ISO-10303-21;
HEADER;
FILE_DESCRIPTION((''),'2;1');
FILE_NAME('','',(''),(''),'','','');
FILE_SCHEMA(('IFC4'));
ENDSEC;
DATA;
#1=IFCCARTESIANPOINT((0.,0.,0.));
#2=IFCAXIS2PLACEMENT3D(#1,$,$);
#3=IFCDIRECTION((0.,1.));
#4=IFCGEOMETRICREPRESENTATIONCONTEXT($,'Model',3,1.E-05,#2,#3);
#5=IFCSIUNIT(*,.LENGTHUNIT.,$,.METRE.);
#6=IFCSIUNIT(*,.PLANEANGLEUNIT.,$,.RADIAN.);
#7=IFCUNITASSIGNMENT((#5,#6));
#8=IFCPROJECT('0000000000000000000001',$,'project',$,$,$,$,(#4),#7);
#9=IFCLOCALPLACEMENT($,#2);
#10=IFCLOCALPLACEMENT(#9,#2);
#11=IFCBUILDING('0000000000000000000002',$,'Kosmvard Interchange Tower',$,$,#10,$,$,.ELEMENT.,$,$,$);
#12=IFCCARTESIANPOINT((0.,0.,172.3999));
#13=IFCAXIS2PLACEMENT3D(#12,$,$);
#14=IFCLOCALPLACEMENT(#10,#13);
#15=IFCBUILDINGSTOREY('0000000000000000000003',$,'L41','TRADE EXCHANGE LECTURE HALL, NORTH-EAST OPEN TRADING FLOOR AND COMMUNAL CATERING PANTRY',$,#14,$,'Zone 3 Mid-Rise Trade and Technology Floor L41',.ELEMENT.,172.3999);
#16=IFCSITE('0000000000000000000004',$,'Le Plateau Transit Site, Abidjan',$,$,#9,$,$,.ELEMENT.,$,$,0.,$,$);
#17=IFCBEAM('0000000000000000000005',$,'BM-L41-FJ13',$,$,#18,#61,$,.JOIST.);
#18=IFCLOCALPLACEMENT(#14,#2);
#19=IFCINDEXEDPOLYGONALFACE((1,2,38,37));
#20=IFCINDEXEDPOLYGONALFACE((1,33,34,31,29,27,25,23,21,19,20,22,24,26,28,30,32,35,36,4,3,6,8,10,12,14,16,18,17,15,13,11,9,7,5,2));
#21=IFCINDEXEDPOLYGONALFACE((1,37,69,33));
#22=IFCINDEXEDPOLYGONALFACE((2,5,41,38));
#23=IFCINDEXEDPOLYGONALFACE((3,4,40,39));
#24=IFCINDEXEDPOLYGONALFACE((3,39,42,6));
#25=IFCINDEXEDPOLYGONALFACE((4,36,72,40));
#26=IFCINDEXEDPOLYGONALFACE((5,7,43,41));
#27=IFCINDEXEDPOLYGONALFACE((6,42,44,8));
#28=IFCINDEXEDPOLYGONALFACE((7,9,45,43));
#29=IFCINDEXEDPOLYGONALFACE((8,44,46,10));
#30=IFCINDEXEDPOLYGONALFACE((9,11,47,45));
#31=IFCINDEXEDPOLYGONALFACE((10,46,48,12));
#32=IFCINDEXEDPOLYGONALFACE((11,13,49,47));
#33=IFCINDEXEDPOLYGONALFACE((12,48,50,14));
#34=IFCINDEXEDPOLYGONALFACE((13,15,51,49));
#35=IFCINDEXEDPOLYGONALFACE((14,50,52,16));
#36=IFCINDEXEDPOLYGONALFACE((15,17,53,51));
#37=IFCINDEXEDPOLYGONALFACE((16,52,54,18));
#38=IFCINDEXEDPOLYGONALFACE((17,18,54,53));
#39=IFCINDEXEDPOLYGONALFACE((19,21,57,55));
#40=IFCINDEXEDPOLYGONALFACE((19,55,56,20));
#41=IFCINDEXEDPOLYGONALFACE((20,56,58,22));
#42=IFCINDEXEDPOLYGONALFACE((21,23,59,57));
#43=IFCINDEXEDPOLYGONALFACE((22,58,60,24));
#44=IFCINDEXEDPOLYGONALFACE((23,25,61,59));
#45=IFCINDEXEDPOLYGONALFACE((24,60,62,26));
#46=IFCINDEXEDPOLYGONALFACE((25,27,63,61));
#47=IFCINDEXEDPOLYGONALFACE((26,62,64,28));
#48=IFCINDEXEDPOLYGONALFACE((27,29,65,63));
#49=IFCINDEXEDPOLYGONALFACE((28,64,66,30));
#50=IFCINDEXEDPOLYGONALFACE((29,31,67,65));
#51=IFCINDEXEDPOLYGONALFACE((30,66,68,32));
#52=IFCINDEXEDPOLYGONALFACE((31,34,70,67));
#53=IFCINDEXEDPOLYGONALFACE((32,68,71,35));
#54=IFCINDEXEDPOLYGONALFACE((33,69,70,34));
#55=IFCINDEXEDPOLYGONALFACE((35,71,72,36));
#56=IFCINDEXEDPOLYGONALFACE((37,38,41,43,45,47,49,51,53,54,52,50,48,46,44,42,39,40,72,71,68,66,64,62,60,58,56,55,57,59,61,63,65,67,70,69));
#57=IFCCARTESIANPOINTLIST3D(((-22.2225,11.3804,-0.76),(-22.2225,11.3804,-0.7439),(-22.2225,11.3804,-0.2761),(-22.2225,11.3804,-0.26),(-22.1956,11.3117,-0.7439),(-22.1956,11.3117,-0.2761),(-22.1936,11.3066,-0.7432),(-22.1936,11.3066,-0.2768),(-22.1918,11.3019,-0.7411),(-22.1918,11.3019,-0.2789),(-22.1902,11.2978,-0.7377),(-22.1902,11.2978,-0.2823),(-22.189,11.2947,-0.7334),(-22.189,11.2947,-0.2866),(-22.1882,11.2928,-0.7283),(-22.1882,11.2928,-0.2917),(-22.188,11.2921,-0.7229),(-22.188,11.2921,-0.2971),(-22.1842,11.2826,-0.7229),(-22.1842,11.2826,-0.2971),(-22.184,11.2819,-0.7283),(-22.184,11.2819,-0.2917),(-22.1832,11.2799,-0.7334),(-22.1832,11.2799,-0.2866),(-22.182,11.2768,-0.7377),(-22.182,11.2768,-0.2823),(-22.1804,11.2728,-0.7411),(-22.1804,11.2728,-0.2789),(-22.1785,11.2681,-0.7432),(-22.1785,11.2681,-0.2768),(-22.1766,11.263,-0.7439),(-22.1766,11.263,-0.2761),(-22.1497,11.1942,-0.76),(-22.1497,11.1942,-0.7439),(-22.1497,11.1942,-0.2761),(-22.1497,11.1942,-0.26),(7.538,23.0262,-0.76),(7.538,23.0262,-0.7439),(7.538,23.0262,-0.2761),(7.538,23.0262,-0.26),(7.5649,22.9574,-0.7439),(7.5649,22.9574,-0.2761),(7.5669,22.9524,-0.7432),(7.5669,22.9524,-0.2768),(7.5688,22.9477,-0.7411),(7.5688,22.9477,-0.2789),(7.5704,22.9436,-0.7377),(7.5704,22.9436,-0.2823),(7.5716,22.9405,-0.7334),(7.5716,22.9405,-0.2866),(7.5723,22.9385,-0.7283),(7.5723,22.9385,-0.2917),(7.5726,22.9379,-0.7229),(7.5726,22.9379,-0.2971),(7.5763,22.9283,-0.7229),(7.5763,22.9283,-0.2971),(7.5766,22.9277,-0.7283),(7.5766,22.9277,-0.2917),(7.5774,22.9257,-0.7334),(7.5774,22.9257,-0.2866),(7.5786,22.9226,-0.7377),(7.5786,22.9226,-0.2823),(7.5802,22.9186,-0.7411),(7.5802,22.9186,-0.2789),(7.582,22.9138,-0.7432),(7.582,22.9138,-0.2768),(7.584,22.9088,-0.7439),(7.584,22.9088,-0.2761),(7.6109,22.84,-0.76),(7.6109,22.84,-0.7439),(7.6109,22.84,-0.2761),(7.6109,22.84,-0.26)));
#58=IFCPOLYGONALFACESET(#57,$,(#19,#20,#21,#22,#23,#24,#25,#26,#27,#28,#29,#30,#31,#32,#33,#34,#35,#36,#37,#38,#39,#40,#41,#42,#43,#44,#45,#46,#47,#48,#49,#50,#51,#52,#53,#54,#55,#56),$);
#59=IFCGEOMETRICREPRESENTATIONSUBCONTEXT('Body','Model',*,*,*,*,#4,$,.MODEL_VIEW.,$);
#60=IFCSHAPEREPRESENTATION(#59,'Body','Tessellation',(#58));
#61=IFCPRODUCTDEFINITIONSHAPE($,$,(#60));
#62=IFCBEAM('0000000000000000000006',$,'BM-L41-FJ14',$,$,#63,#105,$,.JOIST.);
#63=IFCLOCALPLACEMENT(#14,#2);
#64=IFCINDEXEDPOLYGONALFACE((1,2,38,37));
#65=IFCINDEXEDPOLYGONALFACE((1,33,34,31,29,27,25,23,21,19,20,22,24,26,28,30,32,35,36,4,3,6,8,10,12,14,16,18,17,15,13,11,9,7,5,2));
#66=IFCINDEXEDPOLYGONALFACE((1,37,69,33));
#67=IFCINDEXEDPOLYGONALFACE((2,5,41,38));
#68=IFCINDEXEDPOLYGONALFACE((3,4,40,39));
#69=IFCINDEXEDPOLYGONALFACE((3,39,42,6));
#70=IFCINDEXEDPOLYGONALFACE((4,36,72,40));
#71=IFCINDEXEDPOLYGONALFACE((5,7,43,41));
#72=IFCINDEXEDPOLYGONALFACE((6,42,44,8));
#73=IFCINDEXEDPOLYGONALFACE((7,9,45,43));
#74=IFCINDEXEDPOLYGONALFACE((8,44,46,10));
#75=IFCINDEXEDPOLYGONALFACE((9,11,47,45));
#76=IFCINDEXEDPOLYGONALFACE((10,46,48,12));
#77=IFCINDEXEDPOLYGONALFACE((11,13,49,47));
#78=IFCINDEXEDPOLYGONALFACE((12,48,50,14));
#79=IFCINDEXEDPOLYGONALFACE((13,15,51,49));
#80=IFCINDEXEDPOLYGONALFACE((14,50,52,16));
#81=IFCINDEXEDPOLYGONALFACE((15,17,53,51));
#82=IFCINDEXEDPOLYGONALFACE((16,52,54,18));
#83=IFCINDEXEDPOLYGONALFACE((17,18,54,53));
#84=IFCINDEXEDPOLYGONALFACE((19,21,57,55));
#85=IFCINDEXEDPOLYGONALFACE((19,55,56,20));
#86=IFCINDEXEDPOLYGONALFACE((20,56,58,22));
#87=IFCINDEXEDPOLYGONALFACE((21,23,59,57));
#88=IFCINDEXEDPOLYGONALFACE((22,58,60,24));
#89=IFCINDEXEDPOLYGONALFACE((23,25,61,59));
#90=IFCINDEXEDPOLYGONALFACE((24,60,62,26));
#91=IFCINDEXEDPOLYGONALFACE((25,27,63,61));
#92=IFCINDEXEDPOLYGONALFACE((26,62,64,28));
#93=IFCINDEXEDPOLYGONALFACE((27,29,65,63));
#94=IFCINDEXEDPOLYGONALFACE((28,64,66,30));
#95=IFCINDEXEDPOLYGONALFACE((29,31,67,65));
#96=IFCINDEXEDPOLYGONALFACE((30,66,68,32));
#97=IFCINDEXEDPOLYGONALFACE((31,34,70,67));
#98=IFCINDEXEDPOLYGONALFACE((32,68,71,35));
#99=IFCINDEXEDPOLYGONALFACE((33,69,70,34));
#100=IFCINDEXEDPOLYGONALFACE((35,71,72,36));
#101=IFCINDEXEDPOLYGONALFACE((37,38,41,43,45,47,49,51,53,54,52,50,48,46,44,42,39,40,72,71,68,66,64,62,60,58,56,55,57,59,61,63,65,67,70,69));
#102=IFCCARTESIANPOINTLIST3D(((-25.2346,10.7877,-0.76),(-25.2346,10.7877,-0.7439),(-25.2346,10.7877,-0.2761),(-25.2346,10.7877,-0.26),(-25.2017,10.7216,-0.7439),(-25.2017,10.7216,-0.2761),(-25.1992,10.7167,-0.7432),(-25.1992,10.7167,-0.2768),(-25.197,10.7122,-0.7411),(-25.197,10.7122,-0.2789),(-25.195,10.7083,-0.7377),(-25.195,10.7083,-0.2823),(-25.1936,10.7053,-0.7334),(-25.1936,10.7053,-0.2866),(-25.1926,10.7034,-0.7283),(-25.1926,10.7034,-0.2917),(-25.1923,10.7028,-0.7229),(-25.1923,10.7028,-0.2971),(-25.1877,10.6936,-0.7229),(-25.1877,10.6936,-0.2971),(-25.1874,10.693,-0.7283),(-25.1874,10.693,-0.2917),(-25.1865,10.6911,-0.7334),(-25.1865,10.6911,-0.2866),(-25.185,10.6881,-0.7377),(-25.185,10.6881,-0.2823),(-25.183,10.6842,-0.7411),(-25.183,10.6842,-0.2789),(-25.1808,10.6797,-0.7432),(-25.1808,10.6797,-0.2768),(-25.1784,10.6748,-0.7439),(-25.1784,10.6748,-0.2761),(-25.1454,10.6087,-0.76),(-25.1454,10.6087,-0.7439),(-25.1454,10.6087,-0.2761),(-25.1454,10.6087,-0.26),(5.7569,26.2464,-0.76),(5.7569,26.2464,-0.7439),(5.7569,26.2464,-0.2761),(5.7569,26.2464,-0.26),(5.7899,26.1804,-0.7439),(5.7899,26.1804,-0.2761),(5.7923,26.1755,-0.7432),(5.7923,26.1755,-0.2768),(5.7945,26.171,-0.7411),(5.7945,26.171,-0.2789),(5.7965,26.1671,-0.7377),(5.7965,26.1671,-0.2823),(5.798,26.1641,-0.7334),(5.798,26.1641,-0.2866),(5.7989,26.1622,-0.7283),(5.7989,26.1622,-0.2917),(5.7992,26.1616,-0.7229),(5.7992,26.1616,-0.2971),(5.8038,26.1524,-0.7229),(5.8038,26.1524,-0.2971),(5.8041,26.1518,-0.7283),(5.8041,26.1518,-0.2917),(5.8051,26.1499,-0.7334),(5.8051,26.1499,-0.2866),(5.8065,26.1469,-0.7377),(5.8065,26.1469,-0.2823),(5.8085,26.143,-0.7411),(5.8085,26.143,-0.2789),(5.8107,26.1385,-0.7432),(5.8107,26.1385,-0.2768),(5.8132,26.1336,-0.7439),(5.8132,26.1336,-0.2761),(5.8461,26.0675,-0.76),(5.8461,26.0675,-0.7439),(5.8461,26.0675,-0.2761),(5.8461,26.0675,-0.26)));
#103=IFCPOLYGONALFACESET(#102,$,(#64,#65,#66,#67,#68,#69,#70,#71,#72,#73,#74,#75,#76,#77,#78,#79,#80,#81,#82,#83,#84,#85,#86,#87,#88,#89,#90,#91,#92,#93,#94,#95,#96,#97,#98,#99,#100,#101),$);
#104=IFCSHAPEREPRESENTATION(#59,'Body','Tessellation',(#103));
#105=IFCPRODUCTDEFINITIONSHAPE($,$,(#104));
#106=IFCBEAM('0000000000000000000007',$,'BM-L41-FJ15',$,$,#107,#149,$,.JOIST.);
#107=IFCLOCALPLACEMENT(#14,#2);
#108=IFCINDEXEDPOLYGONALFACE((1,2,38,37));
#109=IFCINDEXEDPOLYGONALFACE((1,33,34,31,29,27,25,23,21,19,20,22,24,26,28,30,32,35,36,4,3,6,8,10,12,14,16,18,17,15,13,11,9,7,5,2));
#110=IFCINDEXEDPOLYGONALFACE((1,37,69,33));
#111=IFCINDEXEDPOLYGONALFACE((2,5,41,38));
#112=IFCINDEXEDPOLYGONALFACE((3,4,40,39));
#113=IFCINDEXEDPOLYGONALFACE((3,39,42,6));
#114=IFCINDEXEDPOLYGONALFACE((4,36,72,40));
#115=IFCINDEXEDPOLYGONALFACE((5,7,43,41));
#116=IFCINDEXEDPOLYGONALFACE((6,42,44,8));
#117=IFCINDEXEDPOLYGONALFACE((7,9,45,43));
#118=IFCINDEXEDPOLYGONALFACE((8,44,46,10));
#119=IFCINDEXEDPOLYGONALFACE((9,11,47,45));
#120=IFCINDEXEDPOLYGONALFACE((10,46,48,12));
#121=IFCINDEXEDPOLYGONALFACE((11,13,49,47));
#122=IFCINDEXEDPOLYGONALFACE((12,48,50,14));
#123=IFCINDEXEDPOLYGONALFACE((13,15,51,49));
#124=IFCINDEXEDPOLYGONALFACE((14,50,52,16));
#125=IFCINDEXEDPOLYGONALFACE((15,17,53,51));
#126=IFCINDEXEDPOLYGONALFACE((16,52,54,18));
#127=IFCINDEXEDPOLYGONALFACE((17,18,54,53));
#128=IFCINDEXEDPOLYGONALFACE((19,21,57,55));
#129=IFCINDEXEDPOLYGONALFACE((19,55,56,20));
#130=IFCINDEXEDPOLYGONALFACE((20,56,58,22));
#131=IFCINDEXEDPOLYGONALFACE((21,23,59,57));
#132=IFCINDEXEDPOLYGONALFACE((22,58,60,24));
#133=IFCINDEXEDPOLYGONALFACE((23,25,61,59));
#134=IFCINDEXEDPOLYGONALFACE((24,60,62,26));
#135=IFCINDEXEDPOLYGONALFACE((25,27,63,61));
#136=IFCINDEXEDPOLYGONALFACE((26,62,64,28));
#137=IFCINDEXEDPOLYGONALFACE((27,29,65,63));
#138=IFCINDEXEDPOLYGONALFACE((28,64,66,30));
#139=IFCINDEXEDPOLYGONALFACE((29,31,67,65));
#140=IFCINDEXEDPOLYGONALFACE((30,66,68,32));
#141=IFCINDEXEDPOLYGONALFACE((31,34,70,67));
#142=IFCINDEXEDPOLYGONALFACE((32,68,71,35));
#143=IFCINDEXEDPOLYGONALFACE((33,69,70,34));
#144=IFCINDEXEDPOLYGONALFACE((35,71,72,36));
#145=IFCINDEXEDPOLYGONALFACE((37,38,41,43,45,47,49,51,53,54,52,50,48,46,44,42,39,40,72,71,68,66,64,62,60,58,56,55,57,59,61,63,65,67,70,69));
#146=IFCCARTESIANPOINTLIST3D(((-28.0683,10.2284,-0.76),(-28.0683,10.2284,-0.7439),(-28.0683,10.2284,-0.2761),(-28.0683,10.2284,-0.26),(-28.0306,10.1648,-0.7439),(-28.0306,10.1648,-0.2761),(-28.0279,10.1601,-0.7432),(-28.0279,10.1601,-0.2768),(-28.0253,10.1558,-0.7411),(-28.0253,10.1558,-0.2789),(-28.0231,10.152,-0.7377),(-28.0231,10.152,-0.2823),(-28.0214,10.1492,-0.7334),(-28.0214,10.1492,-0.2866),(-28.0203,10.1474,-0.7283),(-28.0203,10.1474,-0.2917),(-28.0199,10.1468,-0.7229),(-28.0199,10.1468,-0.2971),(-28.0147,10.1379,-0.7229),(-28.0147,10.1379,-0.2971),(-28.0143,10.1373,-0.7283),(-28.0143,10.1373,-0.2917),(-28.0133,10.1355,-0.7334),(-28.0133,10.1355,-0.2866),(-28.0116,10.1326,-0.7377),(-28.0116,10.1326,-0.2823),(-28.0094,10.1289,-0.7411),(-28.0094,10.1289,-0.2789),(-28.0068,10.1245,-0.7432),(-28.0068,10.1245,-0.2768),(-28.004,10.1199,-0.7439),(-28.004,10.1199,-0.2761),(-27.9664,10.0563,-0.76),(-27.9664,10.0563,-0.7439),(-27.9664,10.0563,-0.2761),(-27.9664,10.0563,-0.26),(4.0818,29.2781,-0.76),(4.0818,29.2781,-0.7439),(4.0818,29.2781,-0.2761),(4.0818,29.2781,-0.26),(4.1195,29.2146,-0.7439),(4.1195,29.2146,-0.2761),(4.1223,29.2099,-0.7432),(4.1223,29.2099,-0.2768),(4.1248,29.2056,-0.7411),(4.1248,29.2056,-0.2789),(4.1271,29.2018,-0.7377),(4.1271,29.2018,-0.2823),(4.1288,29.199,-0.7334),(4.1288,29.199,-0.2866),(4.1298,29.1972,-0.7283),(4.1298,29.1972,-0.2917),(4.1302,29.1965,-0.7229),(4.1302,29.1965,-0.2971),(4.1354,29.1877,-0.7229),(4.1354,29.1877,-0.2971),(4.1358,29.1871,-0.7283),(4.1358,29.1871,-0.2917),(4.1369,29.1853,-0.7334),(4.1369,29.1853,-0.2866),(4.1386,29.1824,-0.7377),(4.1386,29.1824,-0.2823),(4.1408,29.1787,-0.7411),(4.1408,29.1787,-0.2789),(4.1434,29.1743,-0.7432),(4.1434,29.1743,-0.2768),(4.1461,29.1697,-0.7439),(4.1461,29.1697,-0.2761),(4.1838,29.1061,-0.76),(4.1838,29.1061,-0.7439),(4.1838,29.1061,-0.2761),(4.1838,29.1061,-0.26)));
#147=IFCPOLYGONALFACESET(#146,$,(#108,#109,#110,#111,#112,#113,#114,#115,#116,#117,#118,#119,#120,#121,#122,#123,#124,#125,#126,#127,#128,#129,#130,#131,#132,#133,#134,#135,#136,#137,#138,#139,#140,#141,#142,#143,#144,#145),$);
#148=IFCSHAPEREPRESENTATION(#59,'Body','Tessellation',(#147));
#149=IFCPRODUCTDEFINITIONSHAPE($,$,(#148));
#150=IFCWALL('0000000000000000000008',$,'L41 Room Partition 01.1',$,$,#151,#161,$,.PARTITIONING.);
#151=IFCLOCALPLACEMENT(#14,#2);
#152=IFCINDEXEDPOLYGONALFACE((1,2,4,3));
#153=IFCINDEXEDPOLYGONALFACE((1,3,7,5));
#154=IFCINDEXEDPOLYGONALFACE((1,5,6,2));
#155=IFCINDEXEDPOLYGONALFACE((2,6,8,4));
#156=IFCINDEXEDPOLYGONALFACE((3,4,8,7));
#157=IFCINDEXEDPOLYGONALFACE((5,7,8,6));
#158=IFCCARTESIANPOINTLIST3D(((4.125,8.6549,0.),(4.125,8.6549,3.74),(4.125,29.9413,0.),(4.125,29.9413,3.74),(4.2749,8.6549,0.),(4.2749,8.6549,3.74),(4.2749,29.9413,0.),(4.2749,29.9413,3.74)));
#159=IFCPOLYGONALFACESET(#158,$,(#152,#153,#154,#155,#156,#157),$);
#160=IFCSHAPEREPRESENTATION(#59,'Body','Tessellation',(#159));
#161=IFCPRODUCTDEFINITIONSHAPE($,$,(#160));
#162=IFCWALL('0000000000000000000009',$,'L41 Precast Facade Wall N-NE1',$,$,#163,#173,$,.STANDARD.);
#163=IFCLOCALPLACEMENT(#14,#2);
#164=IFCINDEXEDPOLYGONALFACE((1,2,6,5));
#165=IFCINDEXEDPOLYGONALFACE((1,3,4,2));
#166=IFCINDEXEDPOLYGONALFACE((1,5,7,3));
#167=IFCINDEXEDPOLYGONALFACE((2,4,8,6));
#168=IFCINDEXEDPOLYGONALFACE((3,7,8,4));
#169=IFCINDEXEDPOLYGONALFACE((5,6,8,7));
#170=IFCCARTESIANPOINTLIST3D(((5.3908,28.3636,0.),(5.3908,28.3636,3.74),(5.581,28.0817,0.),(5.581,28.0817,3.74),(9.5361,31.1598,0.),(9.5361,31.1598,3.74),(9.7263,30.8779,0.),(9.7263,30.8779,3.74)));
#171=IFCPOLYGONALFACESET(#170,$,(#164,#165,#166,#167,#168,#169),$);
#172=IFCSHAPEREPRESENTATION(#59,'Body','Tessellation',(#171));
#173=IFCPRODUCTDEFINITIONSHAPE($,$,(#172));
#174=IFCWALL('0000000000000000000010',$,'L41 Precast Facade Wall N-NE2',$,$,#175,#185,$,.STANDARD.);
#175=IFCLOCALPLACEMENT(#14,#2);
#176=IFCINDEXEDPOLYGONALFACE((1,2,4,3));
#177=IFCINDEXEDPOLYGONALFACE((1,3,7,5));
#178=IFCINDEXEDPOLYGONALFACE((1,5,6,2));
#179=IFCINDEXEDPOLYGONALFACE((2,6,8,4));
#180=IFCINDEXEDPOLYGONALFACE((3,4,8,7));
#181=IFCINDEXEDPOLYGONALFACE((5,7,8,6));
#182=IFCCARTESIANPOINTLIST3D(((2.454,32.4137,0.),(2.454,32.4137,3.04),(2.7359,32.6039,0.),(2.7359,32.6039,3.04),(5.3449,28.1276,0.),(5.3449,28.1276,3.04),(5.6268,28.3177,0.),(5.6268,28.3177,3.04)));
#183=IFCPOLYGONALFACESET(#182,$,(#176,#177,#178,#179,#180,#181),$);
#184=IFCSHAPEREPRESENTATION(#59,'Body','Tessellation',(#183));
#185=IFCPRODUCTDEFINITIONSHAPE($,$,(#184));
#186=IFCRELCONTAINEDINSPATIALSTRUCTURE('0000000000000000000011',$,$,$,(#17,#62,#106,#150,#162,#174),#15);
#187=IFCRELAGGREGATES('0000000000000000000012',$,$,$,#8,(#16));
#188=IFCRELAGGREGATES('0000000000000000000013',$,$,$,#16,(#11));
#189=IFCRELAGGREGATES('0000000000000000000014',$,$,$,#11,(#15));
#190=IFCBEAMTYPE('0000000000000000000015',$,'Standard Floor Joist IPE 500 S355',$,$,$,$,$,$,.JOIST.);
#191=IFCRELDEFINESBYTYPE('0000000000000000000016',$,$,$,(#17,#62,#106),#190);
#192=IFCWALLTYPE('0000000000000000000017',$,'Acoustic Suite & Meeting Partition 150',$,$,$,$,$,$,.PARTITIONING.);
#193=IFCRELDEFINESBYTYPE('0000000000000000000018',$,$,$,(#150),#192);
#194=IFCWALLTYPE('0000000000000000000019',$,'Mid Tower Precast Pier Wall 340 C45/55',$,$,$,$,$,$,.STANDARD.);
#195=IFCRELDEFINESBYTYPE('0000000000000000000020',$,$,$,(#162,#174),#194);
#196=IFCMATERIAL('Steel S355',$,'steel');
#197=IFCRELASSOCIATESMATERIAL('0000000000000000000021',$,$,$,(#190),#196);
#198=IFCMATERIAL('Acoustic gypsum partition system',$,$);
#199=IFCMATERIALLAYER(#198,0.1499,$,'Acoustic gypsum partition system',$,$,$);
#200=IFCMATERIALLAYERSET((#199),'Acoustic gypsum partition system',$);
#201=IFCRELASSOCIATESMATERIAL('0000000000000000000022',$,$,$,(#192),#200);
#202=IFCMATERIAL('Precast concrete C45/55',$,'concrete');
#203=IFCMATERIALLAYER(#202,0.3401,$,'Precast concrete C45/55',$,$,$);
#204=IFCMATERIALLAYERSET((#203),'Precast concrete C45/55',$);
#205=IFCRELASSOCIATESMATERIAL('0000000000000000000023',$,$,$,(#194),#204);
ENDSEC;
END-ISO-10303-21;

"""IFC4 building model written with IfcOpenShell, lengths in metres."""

from ifc_helpers import new_model, si_unit, direction, frame, frame_2d, origin, origin_2d, place, context, subcontext, project, spatial, rectangle, i_section, extrude, source, transform, mapped, material, layer, layer_set, material_profile, profile_set, type_object, element, save


model = new_model("IFC4")

# Units and contexts
model_context = context("Model", 3, precision=1e-05, world=origin(), true_north=direction((0.0, 1.0)))
body_context = subcontext(model_context, "Body", "Model", "MODEL_VIEW")
ifc_project = project(units=[si_unit("LENGTHUNIT", "METRE"), si_unit("PLANEANGLEUNIT", "RADIAN")], contexts=[model_context])

# Site, building, storey
site_placement = place(None, origin())
site = spatial("IfcSite", under=ifc_project, at=site_placement, Name="Le Plateau Transit Site, Abidjan", CompositionType="ELEMENT", RefElevation=0.0)
building_placement = place(site_placement, origin())
building = spatial("IfcBuilding", under=site, at=building_placement, Name="Kosmvard Interchange Tower", CompositionType="ELEMENT")
storey_placement = place(building_placement, frame((0.0, 0.0, 172.3999)))
storey = spatial("IfcBuildingStorey", under=building, at=storey_placement, Name="L41", Description="TRADE EXCHANGE LECTURE HALL, NORTH-EAST OPEN TRADING FLOOR AND COMMUNAL CATERING PANTRY", LongName="Zone 3 Mid-Rise Trade and Technology Floor L41", CompositionType="ELEMENT", Elevation=172.3999)

# Beams
ifc_material_1 = material(Name="Steel S355", Category="steel")
ifc_material_2 = material(Name="Precast concrete C45/55", Category="concrete")
ifc_material_profile_1 = material_profile(ifc_material_1, i_section(OverallWidth=0.2, OverallDepth=0.5, WebThickness=0.0103, FlangeThickness=0.0161, FilletRadius=0.021, at=origin_2d()), Name="IPE 500")
ifc_profile_set_1 = profile_set([ifc_material_profile_1], Name="Steel S355")
beam_type_1 = type_object("IfcBeamType", Name="Standard Floor Joist IPE 500 S355", PredefinedType="JOIST", material=ifc_profile_set_1)
shared_shape_1 = source(origin(), body_context, "Body", "SweptSolid", [
    extrude(i_section(OverallWidth=0.2, OverallDepth=0.5, WebThickness=0.0103, FlangeThickness=0.0161, FilletRadius=0.021, at=origin_2d()), origin(), (0.0, 0.0, 1.0), 31.958),
])
beam_1_placement = place(storey_placement, frame((7.5745, 22.9331, -0.51), z_axis=(-0.931239, -0.364409, 0.0), x_axis=(0.364409, -0.931239, 0.0)))
element("IfcBeam", 1, at=beam_1_placement, inside=storey, type_object=beam_type_1, Name="BM-L41-FJ13", PredefinedType="JOIST", context=body_context, shape_type="MappedRepresentation", body=[
    mapped(shared_shape_1, transform((0.0, 0.0, 0.0), scale=1.0)),
])
shared_shape_2 = source(origin(), body_context, "Body", "SweptSolid", [
    extrude(i_section(OverallWidth=0.2, OverallDepth=0.5, WebThickness=0.0103, FlangeThickness=0.0161, FilletRadius=0.021, at=origin_2d()), origin(), (0.0, 0.0, 1.0), 34.6331),
])
beam_2_placement = place(storey_placement, frame((5.8015, 26.157, -0.51), z_axis=(-0.894854, -0.446359, 0.0), x_axis=(0.446359, -0.894854, 0.0)))
element("IfcBeam", 2, at=beam_2_placement, inside=storey, type_object=beam_type_1, Name="BM-L41-FJ14", PredefinedType="JOIST", context=body_context, shape_type="MappedRepresentation", body=[
    mapped(shared_shape_2, transform((0.0, 0.0, 0.0), scale=1.0)),
])
shared_shape_3 = source(origin(), body_context, "Body", "SweptSolid", [
    extrude(i_section(OverallWidth=0.2, OverallDepth=0.5, WebThickness=0.0103, FlangeThickness=0.0161, FilletRadius=0.021, at=origin_2d()), origin(), (0.0, 0.0, 1.0), 37.3701),
])
beam_3_placement = place(storey_placement, frame((4.1328, 29.1921, -0.51), z_axis=(-0.860317, -0.50976, 0.0), x_axis=(0.50976, -0.860317, 0.0)))
element("IfcBeam", 3, at=beam_3_placement, inside=storey, type_object=beam_type_1, Name="BM-L41-FJ15", PredefinedType="JOIST", context=body_context, shape_type="MappedRepresentation", body=[
    mapped(shared_shape_3, transform((0.0, 0.0, 0.0), scale=1.0)),
])

# Walls
ifc_material_3 = material(Name="Acoustic gypsum partition system")
ifc_layer_1 = layer(ifc_material_3, 0.1499, Name="Acoustic gypsum partition system")
ifc_layer_set_1 = layer_set([ifc_layer_1], Name="Acoustic gypsum partition system")
wall_type_1 = type_object("IfcWallType", Name="Acoustic Suite & Meeting Partition 150", PredefinedType="PARTITIONING", material=ifc_layer_set_1)
wall_1_placement = place(storey_placement, frame((4.2, 8.655, 0.0), z_axis=(0.0, 0.0, 1.0), x_axis=(0.0, 1.0, 0.0)))
element("IfcWall", 4, at=wall_1_placement, inside=storey, type_object=wall_type_1, Name="L41 Room Partition 01.1", PredefinedType="PARTITIONING", context=body_context, shape_type="SweptSolid", body=[
    extrude(rectangle(XDim=21.2864, YDim=0.1499, at=frame_2d((10.6431, 0.0))), origin(), (0.0, 0.0, 1.0), 3.74),
])
ifc_layer_2 = layer(ifc_material_2, 0.3401, Name="Precast concrete C45/55")
ifc_layer_set_2 = layer_set([ifc_layer_2], Name="Precast concrete C45/55")
wall_type_2 = type_object("IfcWallType", Name="Mid Tower Precast Pier Wall 340 C45/55", PredefinedType="STANDARD", material=ifc_layer_set_2)
wall_2_placement = place(storey_placement, frame((9.6311, 31.0188, 0.0), z_axis=(0.0, 0.0, 1.0), x_axis=(-0.829026, -0.55921, 0.0)))
element("IfcWall", 5, at=wall_2_placement, inside=storey, type_object=wall_type_2, Name="L41 Precast Facade Wall N-NE1", PredefinedType="STANDARD", context=body_context, shape_type="SweptSolid", body=[
    extrude(rectangle(XDim=5.0002, YDim=0.3401, at=frame_2d((2.5, 0.0))), origin(), (0.0, 0.0, 1.0), 3.74),
])
wall_3_placement = place(storey_placement, frame((5.4858, 28.2227, 0.0), z_axis=(0.0, 0.0, 1.0), x_axis=(-0.559171, 0.829052, 0.0)))
element("IfcWall", 6, at=wall_3_placement, inside=storey, type_object=wall_type_2, Name="L41 Precast Facade Wall N-NE2", PredefinedType="STANDARD", context=body_context, shape_type="SweptSolid", body=[
    extrude(rectangle(XDim=5.1699, YDim=0.3401, at=frame_2d((2.585, 0.0))), origin(), (0.0, 0.0, 1.0), 3.04),
])

save(model, "model.ifc")
